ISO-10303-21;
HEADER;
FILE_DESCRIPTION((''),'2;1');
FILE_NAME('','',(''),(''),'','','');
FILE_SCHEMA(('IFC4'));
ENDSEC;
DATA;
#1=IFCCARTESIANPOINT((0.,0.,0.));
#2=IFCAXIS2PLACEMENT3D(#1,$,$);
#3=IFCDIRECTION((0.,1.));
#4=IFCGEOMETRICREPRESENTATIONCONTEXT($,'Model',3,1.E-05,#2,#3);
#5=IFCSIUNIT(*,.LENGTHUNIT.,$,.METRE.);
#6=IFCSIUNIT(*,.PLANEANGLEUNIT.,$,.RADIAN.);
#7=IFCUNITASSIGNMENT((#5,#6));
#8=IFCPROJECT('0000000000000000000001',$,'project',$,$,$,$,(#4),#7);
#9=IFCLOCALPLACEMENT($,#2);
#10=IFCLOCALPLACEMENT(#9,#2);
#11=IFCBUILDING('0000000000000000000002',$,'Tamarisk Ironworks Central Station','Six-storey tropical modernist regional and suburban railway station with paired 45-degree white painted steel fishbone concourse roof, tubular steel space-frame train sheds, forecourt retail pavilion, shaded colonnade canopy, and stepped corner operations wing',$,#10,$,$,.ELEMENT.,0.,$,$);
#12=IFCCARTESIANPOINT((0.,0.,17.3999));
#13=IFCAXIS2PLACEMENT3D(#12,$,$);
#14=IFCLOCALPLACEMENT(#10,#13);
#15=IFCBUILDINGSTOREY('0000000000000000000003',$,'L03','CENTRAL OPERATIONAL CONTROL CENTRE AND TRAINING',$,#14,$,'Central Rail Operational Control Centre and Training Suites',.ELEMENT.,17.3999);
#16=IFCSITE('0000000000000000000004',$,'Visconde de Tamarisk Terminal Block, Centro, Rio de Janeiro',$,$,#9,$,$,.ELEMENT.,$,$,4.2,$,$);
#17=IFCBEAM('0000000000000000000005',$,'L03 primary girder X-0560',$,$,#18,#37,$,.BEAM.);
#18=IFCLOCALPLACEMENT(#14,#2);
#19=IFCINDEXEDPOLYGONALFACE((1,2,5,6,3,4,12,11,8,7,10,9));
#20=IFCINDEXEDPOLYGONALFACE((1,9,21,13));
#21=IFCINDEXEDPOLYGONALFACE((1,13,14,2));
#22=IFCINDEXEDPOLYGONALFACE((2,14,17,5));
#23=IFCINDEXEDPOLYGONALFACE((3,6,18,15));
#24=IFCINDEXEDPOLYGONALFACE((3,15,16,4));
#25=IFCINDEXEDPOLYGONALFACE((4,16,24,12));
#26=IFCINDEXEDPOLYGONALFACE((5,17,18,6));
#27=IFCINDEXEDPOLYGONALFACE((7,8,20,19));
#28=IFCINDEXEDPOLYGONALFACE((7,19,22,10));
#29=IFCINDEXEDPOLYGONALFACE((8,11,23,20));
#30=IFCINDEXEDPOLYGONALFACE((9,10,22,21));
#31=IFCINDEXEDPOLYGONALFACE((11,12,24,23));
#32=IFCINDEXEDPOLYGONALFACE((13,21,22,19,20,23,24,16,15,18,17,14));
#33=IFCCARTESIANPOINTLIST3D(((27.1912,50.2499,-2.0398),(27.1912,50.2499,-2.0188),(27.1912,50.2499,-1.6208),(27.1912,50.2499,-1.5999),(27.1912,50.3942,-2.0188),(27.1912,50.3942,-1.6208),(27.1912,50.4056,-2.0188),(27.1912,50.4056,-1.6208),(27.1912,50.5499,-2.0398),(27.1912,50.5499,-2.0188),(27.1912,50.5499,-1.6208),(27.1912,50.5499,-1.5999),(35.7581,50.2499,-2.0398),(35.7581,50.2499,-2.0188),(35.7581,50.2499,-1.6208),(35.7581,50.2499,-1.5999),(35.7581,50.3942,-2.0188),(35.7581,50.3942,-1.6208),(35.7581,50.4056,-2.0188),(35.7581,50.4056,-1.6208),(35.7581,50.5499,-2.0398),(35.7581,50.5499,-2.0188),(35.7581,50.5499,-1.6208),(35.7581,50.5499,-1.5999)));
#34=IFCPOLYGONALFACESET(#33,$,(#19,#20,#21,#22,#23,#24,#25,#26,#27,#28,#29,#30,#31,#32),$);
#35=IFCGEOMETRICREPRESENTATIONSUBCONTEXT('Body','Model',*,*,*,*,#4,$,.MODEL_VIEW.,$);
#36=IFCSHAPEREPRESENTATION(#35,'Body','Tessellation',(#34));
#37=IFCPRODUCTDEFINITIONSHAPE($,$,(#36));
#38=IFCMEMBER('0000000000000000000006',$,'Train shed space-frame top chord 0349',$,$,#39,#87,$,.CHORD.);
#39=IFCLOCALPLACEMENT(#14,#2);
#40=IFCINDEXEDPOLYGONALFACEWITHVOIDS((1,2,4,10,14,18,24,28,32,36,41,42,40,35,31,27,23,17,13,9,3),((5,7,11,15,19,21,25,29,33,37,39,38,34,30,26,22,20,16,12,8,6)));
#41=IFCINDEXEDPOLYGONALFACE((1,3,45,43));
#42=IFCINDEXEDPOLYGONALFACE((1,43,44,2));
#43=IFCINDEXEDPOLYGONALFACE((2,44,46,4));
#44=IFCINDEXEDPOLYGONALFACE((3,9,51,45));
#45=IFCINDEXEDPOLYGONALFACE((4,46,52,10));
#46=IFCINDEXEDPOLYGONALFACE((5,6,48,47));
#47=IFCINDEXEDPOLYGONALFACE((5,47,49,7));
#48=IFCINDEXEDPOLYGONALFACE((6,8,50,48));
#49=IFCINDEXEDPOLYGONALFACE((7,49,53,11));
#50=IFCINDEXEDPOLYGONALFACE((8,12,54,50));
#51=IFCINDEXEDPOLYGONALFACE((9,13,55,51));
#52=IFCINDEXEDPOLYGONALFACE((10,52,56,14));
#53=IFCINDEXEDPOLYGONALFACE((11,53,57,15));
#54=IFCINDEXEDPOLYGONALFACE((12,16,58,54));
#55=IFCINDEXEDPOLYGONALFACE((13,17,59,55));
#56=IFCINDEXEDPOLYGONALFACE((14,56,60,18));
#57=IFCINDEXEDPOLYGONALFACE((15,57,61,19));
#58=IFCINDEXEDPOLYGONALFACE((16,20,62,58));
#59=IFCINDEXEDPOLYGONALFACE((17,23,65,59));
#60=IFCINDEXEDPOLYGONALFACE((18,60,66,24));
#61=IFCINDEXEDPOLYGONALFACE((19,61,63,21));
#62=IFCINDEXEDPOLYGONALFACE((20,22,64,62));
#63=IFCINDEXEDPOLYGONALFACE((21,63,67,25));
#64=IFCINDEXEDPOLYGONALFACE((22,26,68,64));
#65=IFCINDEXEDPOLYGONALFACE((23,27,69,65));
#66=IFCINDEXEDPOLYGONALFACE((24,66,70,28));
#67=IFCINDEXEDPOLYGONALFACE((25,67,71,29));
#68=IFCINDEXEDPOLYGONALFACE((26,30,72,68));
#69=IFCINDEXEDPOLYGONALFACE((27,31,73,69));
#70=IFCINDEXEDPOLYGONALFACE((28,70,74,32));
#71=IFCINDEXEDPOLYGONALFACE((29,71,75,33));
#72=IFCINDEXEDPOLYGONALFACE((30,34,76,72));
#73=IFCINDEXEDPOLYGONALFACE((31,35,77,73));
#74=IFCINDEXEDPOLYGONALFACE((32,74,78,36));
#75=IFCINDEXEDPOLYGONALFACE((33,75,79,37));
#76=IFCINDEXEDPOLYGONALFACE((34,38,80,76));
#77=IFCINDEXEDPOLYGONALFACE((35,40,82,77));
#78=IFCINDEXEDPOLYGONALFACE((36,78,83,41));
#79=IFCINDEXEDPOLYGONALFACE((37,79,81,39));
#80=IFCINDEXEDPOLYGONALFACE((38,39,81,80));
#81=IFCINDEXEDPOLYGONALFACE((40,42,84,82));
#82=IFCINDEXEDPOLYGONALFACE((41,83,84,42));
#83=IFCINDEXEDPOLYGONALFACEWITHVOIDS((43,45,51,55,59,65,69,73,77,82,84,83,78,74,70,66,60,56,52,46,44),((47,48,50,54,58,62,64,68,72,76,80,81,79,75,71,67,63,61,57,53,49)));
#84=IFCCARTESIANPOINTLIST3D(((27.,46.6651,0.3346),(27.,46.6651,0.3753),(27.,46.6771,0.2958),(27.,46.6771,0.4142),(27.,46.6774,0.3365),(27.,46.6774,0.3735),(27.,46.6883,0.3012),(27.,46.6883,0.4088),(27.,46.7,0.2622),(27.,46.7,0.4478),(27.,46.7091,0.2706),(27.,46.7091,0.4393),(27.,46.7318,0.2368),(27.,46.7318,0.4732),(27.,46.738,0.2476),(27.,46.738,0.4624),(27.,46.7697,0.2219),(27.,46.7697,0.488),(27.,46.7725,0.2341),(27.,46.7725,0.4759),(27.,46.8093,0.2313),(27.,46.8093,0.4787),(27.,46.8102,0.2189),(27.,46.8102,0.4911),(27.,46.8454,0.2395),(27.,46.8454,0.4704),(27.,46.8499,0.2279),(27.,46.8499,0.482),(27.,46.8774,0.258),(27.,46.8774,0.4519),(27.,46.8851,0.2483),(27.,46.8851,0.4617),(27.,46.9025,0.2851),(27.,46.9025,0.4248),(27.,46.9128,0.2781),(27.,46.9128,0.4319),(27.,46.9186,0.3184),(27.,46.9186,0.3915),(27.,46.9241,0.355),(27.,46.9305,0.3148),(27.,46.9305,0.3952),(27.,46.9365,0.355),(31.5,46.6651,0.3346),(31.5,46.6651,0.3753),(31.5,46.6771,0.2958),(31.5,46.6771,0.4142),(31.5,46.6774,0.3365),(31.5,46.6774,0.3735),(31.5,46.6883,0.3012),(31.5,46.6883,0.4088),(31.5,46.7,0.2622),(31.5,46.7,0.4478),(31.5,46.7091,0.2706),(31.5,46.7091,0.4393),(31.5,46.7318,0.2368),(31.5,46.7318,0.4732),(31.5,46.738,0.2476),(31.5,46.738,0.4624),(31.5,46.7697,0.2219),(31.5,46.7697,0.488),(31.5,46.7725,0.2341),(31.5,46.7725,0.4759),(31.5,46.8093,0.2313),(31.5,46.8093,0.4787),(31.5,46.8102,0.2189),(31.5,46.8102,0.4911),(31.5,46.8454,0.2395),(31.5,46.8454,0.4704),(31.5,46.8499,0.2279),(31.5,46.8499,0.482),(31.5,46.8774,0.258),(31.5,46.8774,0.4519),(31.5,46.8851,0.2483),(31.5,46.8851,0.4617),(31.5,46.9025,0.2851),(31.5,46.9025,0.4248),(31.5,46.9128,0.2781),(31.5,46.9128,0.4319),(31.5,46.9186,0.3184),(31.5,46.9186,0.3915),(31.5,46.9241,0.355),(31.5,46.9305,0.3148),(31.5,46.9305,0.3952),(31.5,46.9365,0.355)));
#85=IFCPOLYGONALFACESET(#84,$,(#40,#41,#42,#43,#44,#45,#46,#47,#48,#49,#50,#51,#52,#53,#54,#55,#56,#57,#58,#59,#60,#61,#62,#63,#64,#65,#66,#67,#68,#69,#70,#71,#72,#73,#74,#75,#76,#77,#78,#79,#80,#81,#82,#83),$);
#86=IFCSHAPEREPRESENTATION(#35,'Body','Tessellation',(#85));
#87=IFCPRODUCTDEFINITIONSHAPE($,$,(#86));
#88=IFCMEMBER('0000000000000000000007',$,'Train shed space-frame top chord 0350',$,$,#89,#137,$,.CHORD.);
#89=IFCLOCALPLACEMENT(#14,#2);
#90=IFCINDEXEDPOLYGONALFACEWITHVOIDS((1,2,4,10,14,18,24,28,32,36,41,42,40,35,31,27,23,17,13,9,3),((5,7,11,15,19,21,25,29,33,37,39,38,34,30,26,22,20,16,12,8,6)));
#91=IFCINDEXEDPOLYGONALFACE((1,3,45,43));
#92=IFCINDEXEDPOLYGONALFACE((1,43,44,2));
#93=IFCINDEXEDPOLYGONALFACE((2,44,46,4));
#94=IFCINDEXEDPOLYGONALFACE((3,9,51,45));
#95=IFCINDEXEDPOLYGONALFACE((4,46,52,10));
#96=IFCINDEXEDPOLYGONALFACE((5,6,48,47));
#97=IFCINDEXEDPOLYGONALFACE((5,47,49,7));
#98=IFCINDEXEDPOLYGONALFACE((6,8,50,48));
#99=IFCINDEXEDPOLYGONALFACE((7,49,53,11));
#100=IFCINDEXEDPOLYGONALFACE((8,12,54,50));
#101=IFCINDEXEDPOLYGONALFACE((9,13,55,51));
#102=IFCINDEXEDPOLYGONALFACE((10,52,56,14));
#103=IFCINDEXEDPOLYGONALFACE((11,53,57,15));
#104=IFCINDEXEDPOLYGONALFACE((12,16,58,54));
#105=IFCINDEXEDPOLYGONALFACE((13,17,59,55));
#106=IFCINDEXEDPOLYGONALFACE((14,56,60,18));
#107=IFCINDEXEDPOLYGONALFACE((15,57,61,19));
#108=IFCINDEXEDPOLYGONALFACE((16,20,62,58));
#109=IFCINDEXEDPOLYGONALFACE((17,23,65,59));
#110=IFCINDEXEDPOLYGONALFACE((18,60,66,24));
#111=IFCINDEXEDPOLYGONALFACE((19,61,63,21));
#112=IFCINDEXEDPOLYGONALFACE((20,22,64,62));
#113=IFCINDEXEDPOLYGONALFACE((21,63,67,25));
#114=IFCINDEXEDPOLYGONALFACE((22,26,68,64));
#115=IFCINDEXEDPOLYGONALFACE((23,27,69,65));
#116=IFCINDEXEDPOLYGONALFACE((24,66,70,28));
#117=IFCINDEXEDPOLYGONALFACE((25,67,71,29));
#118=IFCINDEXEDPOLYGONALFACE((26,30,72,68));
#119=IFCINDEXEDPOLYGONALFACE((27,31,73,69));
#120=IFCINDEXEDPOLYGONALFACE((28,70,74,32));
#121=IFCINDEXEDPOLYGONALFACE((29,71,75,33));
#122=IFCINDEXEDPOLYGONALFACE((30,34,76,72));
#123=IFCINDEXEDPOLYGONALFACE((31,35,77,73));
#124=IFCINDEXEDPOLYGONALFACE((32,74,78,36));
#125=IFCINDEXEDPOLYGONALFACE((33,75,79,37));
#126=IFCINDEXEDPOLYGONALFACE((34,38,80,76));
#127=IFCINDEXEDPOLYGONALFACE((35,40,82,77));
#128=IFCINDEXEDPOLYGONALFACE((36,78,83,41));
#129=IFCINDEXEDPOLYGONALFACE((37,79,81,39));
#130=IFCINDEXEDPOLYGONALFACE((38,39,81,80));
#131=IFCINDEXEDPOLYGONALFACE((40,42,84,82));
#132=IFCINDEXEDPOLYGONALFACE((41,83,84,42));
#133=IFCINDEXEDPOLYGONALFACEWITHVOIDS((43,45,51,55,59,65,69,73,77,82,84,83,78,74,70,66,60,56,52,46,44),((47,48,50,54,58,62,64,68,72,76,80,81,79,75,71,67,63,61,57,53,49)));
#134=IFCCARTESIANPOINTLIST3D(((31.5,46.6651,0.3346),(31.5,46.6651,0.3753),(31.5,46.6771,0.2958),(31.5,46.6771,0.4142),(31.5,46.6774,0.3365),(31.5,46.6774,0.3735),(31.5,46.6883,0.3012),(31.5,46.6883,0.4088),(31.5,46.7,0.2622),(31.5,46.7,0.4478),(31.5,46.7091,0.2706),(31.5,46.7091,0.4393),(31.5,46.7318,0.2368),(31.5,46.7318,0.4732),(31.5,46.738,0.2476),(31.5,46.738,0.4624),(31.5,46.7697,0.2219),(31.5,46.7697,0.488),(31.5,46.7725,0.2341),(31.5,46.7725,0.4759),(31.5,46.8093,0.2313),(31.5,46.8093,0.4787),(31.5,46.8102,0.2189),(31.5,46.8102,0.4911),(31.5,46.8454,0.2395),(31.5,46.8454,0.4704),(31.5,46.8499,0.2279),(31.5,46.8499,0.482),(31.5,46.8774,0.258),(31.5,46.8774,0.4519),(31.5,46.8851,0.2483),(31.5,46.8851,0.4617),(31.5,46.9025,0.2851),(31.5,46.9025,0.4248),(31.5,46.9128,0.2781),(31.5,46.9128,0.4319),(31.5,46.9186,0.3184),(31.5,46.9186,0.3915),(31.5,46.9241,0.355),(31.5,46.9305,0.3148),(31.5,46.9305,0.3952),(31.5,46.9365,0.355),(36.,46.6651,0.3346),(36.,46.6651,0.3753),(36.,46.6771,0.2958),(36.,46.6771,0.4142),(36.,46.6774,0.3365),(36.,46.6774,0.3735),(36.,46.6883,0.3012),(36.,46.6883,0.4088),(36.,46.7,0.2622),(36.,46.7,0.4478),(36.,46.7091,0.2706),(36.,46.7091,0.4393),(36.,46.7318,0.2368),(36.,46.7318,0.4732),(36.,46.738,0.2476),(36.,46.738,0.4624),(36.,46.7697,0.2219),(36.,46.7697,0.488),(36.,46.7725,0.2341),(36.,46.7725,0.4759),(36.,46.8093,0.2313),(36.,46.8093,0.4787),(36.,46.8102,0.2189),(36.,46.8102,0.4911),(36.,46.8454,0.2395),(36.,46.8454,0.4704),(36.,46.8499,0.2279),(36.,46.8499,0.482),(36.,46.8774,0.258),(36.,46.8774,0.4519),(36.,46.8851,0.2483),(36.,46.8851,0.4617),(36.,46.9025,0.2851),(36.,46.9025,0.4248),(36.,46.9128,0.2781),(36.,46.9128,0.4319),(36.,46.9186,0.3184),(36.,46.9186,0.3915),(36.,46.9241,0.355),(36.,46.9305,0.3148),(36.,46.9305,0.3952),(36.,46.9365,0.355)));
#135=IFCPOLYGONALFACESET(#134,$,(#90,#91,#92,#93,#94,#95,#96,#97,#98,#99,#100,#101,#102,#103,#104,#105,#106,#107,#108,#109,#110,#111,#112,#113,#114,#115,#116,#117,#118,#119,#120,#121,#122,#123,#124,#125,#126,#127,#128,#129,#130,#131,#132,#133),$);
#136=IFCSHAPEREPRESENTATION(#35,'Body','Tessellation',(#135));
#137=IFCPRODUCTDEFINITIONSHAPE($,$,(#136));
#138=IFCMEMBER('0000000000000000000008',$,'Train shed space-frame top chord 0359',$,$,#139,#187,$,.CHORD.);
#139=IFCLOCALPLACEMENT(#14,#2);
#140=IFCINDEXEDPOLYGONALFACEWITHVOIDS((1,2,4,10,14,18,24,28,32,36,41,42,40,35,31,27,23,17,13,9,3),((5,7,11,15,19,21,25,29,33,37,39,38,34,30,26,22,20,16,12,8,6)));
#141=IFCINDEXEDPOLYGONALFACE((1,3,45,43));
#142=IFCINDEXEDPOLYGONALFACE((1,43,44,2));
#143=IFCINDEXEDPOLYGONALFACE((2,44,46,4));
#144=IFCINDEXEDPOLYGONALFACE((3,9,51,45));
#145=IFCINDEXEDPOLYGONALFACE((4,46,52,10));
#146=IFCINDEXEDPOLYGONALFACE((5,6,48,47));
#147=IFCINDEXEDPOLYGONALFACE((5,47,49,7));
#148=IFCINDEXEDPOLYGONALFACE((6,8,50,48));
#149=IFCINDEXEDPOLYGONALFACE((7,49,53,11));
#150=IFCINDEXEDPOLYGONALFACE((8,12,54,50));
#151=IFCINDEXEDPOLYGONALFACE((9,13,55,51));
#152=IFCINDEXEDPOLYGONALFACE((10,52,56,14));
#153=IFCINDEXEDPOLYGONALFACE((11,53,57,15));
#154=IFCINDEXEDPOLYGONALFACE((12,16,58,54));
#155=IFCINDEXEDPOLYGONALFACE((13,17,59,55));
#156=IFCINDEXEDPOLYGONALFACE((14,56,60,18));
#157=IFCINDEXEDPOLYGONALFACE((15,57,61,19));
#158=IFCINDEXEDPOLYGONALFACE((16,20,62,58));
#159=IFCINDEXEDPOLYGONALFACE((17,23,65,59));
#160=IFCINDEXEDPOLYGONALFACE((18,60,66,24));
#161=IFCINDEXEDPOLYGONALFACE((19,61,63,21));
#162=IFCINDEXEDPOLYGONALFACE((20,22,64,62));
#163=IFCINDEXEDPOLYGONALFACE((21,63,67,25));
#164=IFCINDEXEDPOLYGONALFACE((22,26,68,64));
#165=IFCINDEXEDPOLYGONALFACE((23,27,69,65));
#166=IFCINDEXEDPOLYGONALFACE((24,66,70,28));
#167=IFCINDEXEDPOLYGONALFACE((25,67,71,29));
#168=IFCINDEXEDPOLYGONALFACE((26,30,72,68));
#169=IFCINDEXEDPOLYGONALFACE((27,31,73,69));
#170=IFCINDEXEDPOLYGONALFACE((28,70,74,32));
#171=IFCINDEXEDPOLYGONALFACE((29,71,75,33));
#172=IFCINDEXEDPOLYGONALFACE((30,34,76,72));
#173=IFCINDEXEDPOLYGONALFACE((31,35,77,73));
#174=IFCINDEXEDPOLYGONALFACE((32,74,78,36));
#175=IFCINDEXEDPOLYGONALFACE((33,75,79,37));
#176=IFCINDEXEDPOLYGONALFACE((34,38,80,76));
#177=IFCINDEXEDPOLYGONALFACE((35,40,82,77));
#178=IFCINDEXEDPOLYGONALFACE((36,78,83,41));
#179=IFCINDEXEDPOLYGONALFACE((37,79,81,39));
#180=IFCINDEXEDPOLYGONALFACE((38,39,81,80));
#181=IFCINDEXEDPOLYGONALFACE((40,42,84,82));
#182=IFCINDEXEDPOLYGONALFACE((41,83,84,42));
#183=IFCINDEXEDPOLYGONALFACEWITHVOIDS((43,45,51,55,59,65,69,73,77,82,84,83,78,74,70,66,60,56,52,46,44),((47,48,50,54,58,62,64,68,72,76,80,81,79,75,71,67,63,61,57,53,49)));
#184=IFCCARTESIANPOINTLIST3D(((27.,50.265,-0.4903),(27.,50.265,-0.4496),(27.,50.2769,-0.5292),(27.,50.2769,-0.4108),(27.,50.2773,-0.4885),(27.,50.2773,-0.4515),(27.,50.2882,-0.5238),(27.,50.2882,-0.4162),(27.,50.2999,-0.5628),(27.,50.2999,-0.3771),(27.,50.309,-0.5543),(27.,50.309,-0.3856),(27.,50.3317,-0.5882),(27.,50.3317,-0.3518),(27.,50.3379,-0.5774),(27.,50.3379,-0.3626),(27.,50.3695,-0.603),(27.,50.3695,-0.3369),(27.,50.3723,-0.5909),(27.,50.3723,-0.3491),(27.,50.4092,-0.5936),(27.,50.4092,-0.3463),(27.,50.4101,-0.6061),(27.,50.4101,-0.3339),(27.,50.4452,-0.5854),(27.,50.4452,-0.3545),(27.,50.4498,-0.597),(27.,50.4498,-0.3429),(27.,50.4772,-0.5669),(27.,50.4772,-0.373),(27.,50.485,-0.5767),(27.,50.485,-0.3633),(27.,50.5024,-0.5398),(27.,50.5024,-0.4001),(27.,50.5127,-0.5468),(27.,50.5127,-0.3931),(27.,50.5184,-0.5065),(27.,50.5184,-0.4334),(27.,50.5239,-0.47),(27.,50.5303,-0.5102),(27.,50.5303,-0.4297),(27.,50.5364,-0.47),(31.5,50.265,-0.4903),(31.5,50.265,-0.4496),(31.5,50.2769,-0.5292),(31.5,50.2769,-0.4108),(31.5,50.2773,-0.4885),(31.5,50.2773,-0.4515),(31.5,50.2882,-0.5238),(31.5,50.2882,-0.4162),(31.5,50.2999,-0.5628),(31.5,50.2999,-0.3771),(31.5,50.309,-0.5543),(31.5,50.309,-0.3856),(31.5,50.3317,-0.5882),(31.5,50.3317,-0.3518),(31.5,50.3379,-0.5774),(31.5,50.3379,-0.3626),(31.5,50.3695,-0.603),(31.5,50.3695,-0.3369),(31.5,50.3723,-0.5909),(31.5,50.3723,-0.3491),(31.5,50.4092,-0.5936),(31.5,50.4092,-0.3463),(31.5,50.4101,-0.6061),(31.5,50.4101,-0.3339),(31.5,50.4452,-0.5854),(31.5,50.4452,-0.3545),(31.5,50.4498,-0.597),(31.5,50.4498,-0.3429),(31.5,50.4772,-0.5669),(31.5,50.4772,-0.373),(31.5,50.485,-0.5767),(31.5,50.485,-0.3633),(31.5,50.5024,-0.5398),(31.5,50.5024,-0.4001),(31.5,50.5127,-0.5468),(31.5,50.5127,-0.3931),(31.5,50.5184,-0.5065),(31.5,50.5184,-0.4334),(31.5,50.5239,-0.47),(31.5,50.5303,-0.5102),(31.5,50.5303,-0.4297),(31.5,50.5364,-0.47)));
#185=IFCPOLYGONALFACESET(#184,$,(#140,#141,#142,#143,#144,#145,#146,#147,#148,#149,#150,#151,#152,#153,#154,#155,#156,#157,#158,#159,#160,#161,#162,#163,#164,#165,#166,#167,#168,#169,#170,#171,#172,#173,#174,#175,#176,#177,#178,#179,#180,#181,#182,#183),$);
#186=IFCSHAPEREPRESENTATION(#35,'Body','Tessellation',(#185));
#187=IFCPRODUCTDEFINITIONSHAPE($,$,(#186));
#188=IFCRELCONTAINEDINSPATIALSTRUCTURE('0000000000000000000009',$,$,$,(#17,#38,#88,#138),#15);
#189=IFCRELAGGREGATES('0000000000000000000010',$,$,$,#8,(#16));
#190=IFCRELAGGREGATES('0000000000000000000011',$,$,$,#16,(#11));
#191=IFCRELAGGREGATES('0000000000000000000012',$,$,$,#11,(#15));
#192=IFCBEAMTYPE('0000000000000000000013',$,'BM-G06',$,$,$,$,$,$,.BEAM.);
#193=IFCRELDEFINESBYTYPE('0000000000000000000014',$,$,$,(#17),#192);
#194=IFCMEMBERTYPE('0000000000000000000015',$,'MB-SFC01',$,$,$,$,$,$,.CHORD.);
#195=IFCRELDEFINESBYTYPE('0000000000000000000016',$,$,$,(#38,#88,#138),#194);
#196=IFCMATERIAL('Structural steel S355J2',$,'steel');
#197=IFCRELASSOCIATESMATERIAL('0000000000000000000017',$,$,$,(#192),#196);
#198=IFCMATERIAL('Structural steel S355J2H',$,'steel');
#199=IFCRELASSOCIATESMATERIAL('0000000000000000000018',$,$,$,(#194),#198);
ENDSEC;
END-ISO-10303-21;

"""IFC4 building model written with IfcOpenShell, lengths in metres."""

from ifc_helpers import new_model, si_unit, direction, frame, origin, origin_2d, place, context, subcontext, project, spatial, hollow_circle, i_section, extrude, material, material_profile, profile_set, type_object, element, save


model = new_model("IFC4")

# Units and contexts
model_context = context("Model", 3, precision=1e-05, world=origin(), true_north=direction((0.0, 1.0)))
body_context = subcontext(model_context, "Body", "Model", "MODEL_VIEW")
ifc_project = project(units=[si_unit("LENGTHUNIT", "METRE"), si_unit("PLANEANGLEUNIT", "RADIAN")], contexts=[model_context])

# Site, building, storey
site_placement = place(None, origin())
site = spatial("IfcSite", under=ifc_project, at=site_placement, Name="Visconde de Tamarisk Terminal Block, Centro, Rio de Janeiro", CompositionType="ELEMENT", RefElevation=4.2)
building_placement = place(site_placement, origin())
building = spatial("IfcBuilding", under=site, at=building_placement, Name="Tamarisk Ironworks Central Station", Description="Six-storey tropical modernist regional and suburban railway station with paired 45-degree white painted steel fishbone concourse roof, tubular steel space-frame train sheds, forecourt retail pavilion, shaded colonnade canopy, and stepped corner operations wing", CompositionType="ELEMENT", ElevationOfRefHeight=0.0)
storey_placement = place(building_placement, frame((0.0, 0.0, 17.3999)))
storey = spatial("IfcBuildingStorey", under=building, at=storey_placement, Name="L03", Description="CENTRAL OPERATIONAL CONTROL CENTRE AND TRAINING", LongName="Central Rail Operational Control Centre and Training Suites", CompositionType="ELEMENT", Elevation=17.3999)

# Beam
ifc_material_1 = material(Name="Structural steel S355J2", Category="steel")
ifc_material_profile_1 = material_profile(ifc_material_1, i_section(OverallWidth=0.3, OverallDepth=0.4399, WebThickness=0.0115, FlangeThickness=0.021, at=origin_2d()), Name="HEA 450")
ifc_profile_set_1 = profile_set([ifc_material_profile_1], Name="Structural steel S355J2")
beam_type = type_object("IfcBeamType", Name="BM-G06", PredefinedType="BEAM", material=ifc_profile_set_1)
beam_placement = place(storey_placement, frame((27.1912, 50.3999, -1.8198), z_axis=(1.0, 0.0, 0.0), x_axis=(0.0, 1.0, 0.0)))
element("IfcBeam", 1, at=beam_placement, inside=storey, type_object=beam_type, Name="L03 primary girder X-0560", PredefinedType="BEAM", context=body_context, shape_type="SweptSolid", body=[
    extrude(i_section(OverallWidth=0.3, OverallDepth=0.4399, WebThickness=0.0115, FlangeThickness=0.021, at=origin_2d()), origin(), (0.0, 0.0, 1.0), 8.5669),
])

# Members
ifc_material_2 = material(Name="Structural steel S355J2H", Category="steel")
ifc_material_profile_2 = material_profile(ifc_material_2, hollow_circle(Radius=0.1365, WallThickness=0.0125, at=origin_2d()), Name="CHS 273x12.5")
ifc_profile_set_2 = profile_set([ifc_material_profile_2], Name="Structural steel S355J2H")
member_type_1 = type_object("IfcMemberType", Name="MB-SFC01", PredefinedType="CHORD", material=ifc_profile_set_2)
for number, where, z_axis, x_axis, name in (
    (2, (27.0, 46.8, 0.355), (1.0, 0.0, 0.0), (0.0, 1.0, 0.0), "Train shed space-frame top chord 0349"),
    (3, (31.5, 46.8, 0.355), (1.0, 0.0, 0.0), (0.0, 1.0, 0.0), "Train shed space-frame top chord 0350"),
    (4, (27.0, 50.3999, -0.47), (1.0, 0.0, 0.0), (0.0, 1.0, 0.0), "Train shed space-frame top chord 0359"),
):
    element("IfcMember", number, at=place(storey_placement, frame(where, z_axis=z_axis, x_axis=x_axis)), inside=storey, type_object=member_type_1, Name=name, PredefinedType="CHORD", context=body_context, shape_type="SweptSolid", body=[
        extrude(hollow_circle(Radius=0.1365, WallThickness=0.0125, at=origin_2d()), origin(), (0.0, 0.0, 1.0), 4.5),
    ])

save(model, "model.ifc")
